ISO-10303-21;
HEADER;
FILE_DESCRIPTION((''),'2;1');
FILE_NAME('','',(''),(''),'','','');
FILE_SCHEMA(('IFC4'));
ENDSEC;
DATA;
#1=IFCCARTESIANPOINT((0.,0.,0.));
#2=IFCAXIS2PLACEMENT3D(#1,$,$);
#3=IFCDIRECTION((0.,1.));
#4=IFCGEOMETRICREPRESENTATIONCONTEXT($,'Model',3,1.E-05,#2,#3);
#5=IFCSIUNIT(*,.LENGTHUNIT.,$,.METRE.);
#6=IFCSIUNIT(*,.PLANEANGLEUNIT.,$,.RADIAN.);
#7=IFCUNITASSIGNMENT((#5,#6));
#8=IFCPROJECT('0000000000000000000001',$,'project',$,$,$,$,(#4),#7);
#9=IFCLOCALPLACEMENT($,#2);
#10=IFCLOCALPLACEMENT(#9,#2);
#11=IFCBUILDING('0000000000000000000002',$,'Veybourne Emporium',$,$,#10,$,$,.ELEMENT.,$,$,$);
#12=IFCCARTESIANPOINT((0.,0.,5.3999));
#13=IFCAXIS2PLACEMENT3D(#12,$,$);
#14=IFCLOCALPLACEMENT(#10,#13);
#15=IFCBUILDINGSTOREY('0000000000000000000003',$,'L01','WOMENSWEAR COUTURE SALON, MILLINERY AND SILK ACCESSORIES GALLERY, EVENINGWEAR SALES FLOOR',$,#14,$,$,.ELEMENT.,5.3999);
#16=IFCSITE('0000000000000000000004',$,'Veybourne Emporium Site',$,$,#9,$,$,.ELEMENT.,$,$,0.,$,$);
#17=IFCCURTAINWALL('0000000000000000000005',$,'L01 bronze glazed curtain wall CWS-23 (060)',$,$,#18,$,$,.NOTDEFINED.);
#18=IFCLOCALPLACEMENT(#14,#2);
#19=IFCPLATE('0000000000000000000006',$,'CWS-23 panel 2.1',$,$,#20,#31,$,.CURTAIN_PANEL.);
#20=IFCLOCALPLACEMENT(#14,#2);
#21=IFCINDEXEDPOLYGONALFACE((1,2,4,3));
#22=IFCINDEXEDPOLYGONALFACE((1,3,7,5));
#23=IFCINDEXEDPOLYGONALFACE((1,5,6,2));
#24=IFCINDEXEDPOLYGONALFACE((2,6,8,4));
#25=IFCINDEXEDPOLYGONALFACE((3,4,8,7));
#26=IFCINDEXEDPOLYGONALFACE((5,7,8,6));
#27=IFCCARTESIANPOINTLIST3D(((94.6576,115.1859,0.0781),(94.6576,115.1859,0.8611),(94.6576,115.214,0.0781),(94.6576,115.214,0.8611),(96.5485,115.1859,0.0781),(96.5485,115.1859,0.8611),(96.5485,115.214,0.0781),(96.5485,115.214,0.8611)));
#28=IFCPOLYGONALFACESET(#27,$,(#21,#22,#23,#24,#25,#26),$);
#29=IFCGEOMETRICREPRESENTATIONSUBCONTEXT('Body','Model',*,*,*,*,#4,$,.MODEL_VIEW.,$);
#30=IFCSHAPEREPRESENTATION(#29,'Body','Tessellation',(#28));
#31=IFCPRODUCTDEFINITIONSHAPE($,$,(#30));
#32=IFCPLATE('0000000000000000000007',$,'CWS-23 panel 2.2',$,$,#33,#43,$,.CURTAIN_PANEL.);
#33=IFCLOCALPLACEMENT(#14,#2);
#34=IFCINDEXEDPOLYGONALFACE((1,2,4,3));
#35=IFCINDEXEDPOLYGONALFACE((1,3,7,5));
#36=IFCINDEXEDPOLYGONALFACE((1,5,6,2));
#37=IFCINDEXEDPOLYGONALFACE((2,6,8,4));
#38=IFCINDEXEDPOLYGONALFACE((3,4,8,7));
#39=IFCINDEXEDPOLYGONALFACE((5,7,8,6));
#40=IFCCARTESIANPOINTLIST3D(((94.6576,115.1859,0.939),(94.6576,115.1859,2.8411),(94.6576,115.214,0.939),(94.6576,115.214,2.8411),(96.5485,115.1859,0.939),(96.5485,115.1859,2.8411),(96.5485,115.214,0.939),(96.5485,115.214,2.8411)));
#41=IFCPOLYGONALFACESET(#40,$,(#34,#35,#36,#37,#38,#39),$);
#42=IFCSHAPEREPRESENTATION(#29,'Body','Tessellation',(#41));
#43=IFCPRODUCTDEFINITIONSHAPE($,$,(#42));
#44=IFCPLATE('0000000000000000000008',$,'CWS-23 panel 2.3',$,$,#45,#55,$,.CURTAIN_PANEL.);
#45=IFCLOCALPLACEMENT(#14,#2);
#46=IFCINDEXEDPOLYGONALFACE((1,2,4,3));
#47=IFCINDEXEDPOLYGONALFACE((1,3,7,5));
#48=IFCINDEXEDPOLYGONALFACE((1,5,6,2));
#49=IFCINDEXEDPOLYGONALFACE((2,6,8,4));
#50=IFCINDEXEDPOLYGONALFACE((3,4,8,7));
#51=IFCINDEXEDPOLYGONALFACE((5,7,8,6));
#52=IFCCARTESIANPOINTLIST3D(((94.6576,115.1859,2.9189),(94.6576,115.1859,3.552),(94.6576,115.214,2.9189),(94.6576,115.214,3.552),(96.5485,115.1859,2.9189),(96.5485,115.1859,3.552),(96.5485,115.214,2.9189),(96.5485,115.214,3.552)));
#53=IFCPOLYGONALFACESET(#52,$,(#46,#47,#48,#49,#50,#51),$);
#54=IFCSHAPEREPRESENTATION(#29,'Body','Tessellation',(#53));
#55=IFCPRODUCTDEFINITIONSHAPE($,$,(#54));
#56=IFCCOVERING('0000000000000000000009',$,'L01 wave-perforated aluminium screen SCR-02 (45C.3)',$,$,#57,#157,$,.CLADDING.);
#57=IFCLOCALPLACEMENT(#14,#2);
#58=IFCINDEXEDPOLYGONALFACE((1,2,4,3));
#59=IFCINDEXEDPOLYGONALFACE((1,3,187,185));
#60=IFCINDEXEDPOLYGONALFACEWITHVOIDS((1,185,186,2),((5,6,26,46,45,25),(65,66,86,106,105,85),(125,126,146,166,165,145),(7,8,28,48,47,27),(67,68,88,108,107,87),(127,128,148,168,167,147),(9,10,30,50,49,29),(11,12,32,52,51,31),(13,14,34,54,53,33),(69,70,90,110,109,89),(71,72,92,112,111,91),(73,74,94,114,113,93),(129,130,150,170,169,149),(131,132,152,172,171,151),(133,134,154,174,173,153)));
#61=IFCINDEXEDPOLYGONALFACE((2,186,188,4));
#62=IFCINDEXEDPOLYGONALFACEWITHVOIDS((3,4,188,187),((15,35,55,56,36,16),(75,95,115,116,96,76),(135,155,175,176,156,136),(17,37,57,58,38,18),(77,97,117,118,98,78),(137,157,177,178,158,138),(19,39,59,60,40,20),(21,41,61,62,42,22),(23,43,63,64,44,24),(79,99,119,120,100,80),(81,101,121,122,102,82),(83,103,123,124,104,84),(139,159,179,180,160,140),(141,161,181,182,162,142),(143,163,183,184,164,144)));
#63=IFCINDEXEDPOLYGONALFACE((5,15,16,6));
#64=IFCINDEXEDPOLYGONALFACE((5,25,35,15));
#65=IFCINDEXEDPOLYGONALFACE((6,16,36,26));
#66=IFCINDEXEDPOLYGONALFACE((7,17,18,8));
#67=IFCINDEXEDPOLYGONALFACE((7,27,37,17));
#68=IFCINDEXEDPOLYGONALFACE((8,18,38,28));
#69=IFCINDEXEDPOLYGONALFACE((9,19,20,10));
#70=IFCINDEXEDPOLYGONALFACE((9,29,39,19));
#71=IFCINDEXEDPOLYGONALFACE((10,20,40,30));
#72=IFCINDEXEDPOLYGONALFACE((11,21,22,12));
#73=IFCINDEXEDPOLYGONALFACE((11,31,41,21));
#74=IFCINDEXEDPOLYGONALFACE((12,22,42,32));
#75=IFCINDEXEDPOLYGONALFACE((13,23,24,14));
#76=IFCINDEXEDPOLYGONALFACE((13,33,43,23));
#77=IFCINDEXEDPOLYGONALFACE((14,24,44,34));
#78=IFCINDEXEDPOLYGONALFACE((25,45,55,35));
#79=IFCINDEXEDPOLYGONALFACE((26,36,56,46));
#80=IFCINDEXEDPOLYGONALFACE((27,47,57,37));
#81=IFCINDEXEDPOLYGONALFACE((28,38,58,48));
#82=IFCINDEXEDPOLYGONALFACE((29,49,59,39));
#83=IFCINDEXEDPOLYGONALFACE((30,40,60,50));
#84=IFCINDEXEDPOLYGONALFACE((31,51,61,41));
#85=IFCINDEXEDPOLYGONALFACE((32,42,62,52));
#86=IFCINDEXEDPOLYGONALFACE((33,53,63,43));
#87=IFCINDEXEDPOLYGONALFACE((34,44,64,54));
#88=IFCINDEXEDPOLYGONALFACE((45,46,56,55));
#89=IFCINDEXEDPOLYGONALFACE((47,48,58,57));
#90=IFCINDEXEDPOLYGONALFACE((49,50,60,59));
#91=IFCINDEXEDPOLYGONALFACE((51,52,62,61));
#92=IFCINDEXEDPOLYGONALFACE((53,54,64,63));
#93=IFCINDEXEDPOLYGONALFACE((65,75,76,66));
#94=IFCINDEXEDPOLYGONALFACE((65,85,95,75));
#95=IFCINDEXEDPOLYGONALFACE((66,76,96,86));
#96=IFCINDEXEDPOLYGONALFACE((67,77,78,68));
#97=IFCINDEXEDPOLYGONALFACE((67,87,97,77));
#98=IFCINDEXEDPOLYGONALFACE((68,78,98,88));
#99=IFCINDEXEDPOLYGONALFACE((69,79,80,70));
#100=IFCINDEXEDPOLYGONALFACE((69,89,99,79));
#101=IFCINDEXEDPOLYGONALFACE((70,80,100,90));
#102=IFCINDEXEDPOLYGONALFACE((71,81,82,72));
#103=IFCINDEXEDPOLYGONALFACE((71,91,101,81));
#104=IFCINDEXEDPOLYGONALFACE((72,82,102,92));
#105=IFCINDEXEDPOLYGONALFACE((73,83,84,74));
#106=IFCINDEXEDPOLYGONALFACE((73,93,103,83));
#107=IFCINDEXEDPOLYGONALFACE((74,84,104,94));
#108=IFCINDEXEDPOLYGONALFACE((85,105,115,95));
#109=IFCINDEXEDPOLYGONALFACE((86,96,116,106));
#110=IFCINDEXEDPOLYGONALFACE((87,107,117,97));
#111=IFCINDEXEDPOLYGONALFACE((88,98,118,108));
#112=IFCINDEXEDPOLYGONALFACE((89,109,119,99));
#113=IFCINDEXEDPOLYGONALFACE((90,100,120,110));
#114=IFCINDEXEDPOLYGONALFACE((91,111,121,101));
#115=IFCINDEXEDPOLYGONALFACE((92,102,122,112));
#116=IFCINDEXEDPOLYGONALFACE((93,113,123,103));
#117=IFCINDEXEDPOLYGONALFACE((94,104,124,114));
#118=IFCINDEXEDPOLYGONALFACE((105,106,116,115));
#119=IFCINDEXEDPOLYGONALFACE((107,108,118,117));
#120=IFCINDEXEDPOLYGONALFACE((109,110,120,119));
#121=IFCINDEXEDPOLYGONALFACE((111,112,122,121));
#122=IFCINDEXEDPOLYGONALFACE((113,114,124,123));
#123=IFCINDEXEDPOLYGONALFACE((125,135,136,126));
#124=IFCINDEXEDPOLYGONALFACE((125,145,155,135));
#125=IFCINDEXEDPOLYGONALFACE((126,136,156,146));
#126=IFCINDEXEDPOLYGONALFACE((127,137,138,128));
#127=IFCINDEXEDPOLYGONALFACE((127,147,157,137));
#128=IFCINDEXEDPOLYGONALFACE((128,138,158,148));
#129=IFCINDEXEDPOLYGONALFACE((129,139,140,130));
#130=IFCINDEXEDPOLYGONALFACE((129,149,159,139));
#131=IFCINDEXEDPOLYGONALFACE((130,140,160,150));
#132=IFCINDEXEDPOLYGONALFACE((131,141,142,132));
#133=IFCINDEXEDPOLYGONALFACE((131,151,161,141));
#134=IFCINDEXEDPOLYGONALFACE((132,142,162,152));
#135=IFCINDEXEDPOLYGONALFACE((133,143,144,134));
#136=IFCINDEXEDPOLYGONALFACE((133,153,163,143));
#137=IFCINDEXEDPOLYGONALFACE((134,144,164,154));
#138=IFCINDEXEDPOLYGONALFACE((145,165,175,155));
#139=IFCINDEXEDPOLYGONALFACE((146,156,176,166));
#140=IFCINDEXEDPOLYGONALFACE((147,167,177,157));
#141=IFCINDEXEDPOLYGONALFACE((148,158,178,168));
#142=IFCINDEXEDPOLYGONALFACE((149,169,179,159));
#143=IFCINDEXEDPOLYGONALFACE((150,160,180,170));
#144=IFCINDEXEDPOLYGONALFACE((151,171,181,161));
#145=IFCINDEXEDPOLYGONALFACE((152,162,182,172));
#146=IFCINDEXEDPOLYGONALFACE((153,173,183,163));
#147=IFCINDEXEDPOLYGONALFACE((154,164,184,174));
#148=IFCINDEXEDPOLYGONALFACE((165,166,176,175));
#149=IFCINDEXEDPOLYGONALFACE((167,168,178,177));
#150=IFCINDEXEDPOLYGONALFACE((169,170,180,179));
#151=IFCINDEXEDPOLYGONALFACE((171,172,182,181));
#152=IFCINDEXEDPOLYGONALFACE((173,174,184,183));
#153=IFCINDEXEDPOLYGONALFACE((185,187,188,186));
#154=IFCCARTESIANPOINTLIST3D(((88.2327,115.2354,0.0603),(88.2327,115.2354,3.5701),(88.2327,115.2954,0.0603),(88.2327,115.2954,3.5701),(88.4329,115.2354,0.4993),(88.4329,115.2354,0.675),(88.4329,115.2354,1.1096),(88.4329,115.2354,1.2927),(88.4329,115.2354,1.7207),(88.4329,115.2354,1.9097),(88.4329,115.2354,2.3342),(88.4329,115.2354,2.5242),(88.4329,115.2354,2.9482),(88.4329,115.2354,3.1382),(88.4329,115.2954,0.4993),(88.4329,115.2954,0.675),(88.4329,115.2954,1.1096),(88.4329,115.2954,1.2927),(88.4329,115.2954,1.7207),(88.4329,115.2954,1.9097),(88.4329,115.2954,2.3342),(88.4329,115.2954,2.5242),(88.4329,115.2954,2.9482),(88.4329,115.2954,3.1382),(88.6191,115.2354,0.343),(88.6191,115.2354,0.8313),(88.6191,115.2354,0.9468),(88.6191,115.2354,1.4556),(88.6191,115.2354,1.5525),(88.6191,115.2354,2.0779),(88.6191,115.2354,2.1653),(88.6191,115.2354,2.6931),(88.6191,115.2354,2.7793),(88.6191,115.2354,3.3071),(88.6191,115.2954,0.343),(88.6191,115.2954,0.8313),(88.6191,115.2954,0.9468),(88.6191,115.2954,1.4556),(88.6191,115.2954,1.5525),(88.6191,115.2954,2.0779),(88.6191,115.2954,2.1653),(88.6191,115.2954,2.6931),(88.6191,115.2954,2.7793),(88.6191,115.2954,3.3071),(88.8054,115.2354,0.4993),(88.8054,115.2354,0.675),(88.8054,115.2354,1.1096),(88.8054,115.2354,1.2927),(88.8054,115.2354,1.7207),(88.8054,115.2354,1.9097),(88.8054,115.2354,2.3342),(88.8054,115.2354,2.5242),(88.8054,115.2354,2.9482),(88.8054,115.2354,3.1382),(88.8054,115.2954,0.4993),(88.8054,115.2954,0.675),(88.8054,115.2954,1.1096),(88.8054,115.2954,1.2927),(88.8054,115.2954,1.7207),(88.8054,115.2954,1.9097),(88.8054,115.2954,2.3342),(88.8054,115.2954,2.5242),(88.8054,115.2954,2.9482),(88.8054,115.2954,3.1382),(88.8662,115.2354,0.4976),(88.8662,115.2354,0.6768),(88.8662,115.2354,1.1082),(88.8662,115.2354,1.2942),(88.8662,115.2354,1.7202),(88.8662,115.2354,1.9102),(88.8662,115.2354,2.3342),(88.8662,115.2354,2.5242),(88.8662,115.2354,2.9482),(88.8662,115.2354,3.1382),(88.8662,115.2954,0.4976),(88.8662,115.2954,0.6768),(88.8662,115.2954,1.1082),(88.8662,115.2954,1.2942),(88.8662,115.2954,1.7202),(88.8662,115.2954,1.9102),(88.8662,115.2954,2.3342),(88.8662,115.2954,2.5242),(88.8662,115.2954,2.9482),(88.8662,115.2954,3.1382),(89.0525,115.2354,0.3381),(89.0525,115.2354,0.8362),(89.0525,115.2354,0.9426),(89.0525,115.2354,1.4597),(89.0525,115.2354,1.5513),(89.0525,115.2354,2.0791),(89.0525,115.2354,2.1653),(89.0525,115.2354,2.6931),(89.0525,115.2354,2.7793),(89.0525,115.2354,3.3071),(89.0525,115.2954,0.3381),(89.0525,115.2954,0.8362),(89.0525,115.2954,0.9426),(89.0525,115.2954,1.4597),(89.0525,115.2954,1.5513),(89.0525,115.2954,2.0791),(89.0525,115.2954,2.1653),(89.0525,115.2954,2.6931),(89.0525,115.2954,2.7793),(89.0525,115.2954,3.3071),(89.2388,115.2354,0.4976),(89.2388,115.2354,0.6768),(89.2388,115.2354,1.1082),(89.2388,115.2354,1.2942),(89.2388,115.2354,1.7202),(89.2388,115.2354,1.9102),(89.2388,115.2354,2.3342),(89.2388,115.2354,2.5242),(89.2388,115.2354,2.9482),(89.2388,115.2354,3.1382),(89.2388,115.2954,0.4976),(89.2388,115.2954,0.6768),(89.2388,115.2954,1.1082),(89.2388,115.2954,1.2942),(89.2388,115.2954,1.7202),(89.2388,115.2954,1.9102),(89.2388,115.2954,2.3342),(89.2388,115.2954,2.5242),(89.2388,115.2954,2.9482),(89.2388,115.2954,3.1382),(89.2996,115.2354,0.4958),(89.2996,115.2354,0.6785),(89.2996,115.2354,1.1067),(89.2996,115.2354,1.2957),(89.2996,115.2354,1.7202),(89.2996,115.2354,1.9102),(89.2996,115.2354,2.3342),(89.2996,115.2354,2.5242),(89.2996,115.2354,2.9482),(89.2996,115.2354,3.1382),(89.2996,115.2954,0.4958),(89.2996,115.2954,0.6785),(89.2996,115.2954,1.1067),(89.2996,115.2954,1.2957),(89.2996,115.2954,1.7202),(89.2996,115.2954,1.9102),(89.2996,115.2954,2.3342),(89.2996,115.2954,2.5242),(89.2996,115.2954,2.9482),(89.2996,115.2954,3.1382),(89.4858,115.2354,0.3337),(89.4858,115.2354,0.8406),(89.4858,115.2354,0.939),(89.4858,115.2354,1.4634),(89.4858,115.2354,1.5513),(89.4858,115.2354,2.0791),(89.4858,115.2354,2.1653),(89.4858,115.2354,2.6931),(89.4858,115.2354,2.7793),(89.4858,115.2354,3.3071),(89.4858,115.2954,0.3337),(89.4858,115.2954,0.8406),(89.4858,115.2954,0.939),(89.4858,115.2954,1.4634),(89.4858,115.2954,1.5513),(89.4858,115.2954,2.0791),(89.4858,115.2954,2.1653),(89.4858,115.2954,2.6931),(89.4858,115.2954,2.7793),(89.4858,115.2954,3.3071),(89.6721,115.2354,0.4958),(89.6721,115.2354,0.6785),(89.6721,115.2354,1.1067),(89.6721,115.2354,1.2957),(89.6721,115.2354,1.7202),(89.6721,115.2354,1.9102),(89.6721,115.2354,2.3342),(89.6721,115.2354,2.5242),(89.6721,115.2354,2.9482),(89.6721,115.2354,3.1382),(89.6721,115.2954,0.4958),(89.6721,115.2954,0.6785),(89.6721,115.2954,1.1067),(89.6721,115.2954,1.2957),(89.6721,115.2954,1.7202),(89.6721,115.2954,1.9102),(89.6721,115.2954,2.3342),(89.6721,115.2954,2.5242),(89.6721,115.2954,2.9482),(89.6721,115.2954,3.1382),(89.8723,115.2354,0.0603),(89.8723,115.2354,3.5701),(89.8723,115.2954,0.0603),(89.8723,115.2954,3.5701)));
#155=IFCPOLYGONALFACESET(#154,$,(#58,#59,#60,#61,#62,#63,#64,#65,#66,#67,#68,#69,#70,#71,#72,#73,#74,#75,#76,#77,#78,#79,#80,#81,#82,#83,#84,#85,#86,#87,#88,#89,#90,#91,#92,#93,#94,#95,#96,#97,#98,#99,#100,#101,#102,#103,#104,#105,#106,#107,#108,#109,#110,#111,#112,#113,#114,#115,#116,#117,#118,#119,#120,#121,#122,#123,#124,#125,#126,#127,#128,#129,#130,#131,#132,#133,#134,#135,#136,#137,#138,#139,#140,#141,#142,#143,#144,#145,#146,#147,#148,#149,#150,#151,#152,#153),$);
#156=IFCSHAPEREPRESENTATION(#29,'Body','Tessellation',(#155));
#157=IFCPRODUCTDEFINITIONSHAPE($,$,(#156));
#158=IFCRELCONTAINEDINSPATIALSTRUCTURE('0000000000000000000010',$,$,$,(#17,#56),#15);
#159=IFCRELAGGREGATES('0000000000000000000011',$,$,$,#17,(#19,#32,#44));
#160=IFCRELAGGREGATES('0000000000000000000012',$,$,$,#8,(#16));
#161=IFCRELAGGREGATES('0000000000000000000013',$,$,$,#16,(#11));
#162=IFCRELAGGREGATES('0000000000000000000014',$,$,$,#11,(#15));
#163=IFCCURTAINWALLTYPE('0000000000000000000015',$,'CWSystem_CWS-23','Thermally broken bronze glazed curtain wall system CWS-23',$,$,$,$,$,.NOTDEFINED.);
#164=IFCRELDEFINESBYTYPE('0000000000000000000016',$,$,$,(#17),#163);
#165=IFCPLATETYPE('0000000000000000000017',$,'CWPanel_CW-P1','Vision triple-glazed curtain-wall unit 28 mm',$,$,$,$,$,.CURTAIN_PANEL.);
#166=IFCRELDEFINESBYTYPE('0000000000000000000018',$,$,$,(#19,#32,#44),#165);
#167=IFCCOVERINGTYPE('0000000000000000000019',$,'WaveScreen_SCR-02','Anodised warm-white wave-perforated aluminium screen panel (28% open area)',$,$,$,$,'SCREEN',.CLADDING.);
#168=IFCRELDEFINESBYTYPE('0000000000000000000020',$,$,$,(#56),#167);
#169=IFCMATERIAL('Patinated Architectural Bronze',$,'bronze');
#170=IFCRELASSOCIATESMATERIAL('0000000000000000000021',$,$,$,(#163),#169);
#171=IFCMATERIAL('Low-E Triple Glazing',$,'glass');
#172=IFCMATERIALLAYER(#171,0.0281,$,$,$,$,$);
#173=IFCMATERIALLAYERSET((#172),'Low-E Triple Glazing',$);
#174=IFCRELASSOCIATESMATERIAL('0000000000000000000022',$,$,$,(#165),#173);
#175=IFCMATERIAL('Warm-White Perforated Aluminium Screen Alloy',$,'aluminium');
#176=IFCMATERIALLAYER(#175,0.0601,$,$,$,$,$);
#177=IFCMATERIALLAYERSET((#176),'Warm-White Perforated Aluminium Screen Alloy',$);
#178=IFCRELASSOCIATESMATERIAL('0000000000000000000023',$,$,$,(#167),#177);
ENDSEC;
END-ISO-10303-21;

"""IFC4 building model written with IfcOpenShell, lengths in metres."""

from ifc_helpers import new_model, si_unit, direction, frame, origin, origin_2d, place, context, subcontext, project, spatial, polyline, rectangle, outline, extrude, material, layer, layer_set, type_object, element, aggregate, save


model = new_model("IFC4")

# Units and contexts
model_context = context("Model", 3, precision=1e-05, world=origin(), true_north=direction((0.0, 1.0)))
body_context = subcontext(model_context, "Body", "Model", "MODEL_VIEW")
ifc_project = project(units=[si_unit("LENGTHUNIT", "METRE"), si_unit("PLANEANGLEUNIT", "RADIAN")], contexts=[model_context])

# Site, building, storey
site_placement = place(None, origin())
site = spatial("IfcSite", under=ifc_project, at=site_placement, Name="Veybourne Emporium Site", CompositionType="ELEMENT", RefElevation=0.0)
building_placement = place(site_placement, origin())
building = spatial("IfcBuilding", under=site, at=building_placement, Name="Veybourne Emporium", CompositionType="ELEMENT")
storey_placement = place(building_placement, frame((0.0, 0.0, 5.3999)))
storey = spatial("IfcBuildingStorey", under=building, at=storey_placement, Name="L01", Description="WOMENSWEAR COUTURE SALON, MILLINERY AND SILK ACCESSORIES GALLERY, EVENINGWEAR SALES FLOOR", CompositionType="ELEMENT", Elevation=5.3999)

# Curtain wall
ifc_material_1 = material(Name="Patinated Architectural Bronze", Category="bronze")
curtain_wall_type = type_object("IfcCurtainWallType", Name="CWSystem_CWS-23", Description="Thermally broken bronze glazed curtain wall system CWS-23", PredefinedType="NOTDEFINED", material=ifc_material_1)
curtain_wall_placement = place(storey_placement, origin())
curtain_wall = element("IfcCurtainWall", 1, at=curtain_wall_placement, inside=storey, type_object=curtain_wall_type, Name="L01 bronze glazed curtain wall CWS-23 (060)", PredefinedType="NOTDEFINED")

# Plates
ifc_material_2 = material(Name="Low-E Triple Glazing", Category="glass")
ifc_layer_1 = layer(ifc_material_2, 0.0281)
ifc_layer_set_1 = layer_set([ifc_layer_1], Name="Low-E Triple Glazing")
plate_type = type_object("IfcPlateType", Name="CWPanel_CW-P1", Description="Vision triple-glazed curtain-wall unit 28 mm", PredefinedType="CURTAIN_PANEL", material=ifc_layer_set_1)
plate_1_placement = place(storey_placement, frame((95.603, 115.2, 0.0781), z_axis=(0.0, 0.0, 1.0), x_axis=(1.0, 0.0, 0.0)))
plate_1 = element("IfcPlate", 2, at=plate_1_placement, type_object=plate_type, Name="CWS-23 panel 2.1", PredefinedType="CURTAIN_PANEL", context=body_context, shape_type="SweptSolid", body=[
    extrude(rectangle(XDim=1.8909, YDim=0.0281, at=origin_2d()), origin(), (0.0, 0.0, 1.0), 0.783),
])
plate_2_placement = place(storey_placement, frame((95.603, 115.2, 0.939), z_axis=(0.0, 0.0, 1.0), x_axis=(1.0, 0.0, 0.0)))
plate_2 = element("IfcPlate", 3, at=plate_2_placement, type_object=plate_type, Name="CWS-23 panel 2.2", PredefinedType="CURTAIN_PANEL", context=body_context, shape_type="SweptSolid", body=[
    extrude(rectangle(XDim=1.8909, YDim=0.0281, at=origin_2d()), origin(), (0.0, 0.0, 1.0), 1.9021),
])
plate_3_placement = place(storey_placement, frame((95.603, 115.2, 2.9189), z_axis=(0.0, 0.0, 1.0), x_axis=(1.0, 0.0, 0.0)))
plate_3 = element("IfcPlate", 4, at=plate_3_placement, type_object=plate_type, Name="CWS-23 panel 2.3", PredefinedType="CURTAIN_PANEL", context=body_context, shape_type="SweptSolid", body=[
    extrude(rectangle(XDim=1.8909, YDim=0.0281, at=origin_2d()), origin(), (0.0, 0.0, 1.0), 0.6331),
])
aggregate(curtain_wall, [plate_1, plate_2, plate_3])

# Covering
ifc_material_3 = material(Name="Warm-White Perforated Aluminium Screen Alloy", Category="aluminium")
ifc_layer_2 = layer(ifc_material_3, 0.0601)
ifc_layer_set_2 = layer_set([ifc_layer_2], Name="Warm-White Perforated Aluminium Screen Alloy")
covering_type_1 = type_object("IfcCoveringType", Name="WaveScreen_SCR-02", Description="Anodised warm-white wave-perforated aluminium screen panel (28% open area)", ElementType="SCREEN", PredefinedType="CLADDING", material=ifc_layer_set_2)
covering_1_placement = place(storey_placement, frame((89.0525, 115.2954, 1.8152), z_axis=(0.0, -1.0, 0.0), x_axis=(1.0, 0.0, 0.0)))
element("IfcCovering", 5, at=covering_1_placement, inside=storey, type_object=covering_type_1, Name="L01 wave-perforated aluminium screen SCR-02 (45C.3)", PredefinedType="CLADDING", context=body_context, shape_type="SweptSolid", body=[
    extrude(outline(polyline([(-0.8198, -1.7549), (0.8198, -1.7549), (0.8198, 1.7549), (-0.8198, 1.7549), (-0.8198, -1.7549)]), holes=[polyline([(-0.4333, -0.9839), (-0.2471, -1.1401), (-0.2471, -1.3159), (-0.4333, -1.4722), (-0.6196, -1.3159), (-0.6196, -1.1401), (-0.4333, -0.9839)]), polyline([(-0.4333, -0.3596), (-0.2471, -0.5225), (-0.2471, -0.7056), (-0.4333, -0.8684), (-0.6196, -0.7056), (-0.6196, -0.5225), (-0.4333, -0.3596)]), polyline([(-0.4333, 0.2627), (-0.2471, 0.0945), (-0.2471, -0.0945), (-0.4333, -0.2627), (-0.6196, -0.0945), (-0.6196, 0.0945), (-0.4333, 0.2627)]), polyline([(-0.4333, 0.8779), (-0.2471, 0.709), (-0.2471, 0.519), (-0.4333, 0.3501), (-0.6196, 0.519), (-0.6196, 0.709), (-0.4333, 0.8779)]), polyline([(-0.4333, 1.4919), (-0.2471, 1.323), (-0.2471, 1.1331), (-0.4333, 0.9641), (-0.6196, 1.1331), (-0.6196, 1.323), (-0.4333, 1.4919)]), polyline([(0.0, -0.979), (0.1863, -1.1384), (0.1863, -1.3176), (0.0, -1.4771), (-0.1863, -1.3176), (-0.1863, -1.1384), (0.0, -0.979)]), polyline([(0.0, -0.3555), (0.1863, -0.521), (0.1863, -0.707), (0.0, -0.8726), (-0.1863, -0.707), (-0.1863, -0.521), (0.0, -0.3555)]), polyline([(0.0, 0.2639), (0.1863, 0.095), (0.1863, -0.095), (0.0, -0.2639), (-0.1863, -0.095), (-0.1863, 0.095), (0.0, 0.2639)]), polyline([(0.0, 0.8779), (0.1863, 0.709), (0.1863, 0.519), (0.0, 0.3501), (-0.1863, 0.519), (-0.1863, 0.709), (0.0, 0.8779)]), polyline([(0.0, 1.4919), (0.1863, 1.323), (0.1863, 1.1331), (0.0, 0.9641), (-0.1863, 1.1331), (-0.1863, 1.323), (0.0, 1.4919)]), polyline([(0.4333, -0.9746), (0.6196, -1.1367), (0.6196, -1.3193), (0.4333, -1.4814), (0.2471, -1.3193), (0.2471, -1.1367), (0.4333, -0.9746)]), polyline([(0.4333, -0.3518), (0.6196, -0.5195), (0.6196, -0.7085), (0.4333, -0.8762), (0.2471, -0.7085), (0.2471, -0.5195), (0.4333, -0.3518)]), polyline([(0.4333, 0.2639), (0.6196, 0.095), (0.6196, -0.095), (0.4333, -0.2639), (0.2471, -0.095), (0.2471, 0.095), (0.4333, 0.2639)]), polyline([(0.4333, 0.8779), (0.6196, 0.709), (0.6196, 0.519), (0.4333, 0.3501), (0.2471, 0.519), (0.2471, 0.709), (0.4333, 0.8779)]), polyline([(0.4333, 1.4919), (0.6196, 1.323), (0.6196, 1.1331), (0.4333, 0.9641), (0.2471, 1.1331), (0.2471, 1.323), (0.4333, 1.4919)])]), origin(), (0.0, 0.0, 1.0), 0.0601),
])

save(model, "model.ifc")
